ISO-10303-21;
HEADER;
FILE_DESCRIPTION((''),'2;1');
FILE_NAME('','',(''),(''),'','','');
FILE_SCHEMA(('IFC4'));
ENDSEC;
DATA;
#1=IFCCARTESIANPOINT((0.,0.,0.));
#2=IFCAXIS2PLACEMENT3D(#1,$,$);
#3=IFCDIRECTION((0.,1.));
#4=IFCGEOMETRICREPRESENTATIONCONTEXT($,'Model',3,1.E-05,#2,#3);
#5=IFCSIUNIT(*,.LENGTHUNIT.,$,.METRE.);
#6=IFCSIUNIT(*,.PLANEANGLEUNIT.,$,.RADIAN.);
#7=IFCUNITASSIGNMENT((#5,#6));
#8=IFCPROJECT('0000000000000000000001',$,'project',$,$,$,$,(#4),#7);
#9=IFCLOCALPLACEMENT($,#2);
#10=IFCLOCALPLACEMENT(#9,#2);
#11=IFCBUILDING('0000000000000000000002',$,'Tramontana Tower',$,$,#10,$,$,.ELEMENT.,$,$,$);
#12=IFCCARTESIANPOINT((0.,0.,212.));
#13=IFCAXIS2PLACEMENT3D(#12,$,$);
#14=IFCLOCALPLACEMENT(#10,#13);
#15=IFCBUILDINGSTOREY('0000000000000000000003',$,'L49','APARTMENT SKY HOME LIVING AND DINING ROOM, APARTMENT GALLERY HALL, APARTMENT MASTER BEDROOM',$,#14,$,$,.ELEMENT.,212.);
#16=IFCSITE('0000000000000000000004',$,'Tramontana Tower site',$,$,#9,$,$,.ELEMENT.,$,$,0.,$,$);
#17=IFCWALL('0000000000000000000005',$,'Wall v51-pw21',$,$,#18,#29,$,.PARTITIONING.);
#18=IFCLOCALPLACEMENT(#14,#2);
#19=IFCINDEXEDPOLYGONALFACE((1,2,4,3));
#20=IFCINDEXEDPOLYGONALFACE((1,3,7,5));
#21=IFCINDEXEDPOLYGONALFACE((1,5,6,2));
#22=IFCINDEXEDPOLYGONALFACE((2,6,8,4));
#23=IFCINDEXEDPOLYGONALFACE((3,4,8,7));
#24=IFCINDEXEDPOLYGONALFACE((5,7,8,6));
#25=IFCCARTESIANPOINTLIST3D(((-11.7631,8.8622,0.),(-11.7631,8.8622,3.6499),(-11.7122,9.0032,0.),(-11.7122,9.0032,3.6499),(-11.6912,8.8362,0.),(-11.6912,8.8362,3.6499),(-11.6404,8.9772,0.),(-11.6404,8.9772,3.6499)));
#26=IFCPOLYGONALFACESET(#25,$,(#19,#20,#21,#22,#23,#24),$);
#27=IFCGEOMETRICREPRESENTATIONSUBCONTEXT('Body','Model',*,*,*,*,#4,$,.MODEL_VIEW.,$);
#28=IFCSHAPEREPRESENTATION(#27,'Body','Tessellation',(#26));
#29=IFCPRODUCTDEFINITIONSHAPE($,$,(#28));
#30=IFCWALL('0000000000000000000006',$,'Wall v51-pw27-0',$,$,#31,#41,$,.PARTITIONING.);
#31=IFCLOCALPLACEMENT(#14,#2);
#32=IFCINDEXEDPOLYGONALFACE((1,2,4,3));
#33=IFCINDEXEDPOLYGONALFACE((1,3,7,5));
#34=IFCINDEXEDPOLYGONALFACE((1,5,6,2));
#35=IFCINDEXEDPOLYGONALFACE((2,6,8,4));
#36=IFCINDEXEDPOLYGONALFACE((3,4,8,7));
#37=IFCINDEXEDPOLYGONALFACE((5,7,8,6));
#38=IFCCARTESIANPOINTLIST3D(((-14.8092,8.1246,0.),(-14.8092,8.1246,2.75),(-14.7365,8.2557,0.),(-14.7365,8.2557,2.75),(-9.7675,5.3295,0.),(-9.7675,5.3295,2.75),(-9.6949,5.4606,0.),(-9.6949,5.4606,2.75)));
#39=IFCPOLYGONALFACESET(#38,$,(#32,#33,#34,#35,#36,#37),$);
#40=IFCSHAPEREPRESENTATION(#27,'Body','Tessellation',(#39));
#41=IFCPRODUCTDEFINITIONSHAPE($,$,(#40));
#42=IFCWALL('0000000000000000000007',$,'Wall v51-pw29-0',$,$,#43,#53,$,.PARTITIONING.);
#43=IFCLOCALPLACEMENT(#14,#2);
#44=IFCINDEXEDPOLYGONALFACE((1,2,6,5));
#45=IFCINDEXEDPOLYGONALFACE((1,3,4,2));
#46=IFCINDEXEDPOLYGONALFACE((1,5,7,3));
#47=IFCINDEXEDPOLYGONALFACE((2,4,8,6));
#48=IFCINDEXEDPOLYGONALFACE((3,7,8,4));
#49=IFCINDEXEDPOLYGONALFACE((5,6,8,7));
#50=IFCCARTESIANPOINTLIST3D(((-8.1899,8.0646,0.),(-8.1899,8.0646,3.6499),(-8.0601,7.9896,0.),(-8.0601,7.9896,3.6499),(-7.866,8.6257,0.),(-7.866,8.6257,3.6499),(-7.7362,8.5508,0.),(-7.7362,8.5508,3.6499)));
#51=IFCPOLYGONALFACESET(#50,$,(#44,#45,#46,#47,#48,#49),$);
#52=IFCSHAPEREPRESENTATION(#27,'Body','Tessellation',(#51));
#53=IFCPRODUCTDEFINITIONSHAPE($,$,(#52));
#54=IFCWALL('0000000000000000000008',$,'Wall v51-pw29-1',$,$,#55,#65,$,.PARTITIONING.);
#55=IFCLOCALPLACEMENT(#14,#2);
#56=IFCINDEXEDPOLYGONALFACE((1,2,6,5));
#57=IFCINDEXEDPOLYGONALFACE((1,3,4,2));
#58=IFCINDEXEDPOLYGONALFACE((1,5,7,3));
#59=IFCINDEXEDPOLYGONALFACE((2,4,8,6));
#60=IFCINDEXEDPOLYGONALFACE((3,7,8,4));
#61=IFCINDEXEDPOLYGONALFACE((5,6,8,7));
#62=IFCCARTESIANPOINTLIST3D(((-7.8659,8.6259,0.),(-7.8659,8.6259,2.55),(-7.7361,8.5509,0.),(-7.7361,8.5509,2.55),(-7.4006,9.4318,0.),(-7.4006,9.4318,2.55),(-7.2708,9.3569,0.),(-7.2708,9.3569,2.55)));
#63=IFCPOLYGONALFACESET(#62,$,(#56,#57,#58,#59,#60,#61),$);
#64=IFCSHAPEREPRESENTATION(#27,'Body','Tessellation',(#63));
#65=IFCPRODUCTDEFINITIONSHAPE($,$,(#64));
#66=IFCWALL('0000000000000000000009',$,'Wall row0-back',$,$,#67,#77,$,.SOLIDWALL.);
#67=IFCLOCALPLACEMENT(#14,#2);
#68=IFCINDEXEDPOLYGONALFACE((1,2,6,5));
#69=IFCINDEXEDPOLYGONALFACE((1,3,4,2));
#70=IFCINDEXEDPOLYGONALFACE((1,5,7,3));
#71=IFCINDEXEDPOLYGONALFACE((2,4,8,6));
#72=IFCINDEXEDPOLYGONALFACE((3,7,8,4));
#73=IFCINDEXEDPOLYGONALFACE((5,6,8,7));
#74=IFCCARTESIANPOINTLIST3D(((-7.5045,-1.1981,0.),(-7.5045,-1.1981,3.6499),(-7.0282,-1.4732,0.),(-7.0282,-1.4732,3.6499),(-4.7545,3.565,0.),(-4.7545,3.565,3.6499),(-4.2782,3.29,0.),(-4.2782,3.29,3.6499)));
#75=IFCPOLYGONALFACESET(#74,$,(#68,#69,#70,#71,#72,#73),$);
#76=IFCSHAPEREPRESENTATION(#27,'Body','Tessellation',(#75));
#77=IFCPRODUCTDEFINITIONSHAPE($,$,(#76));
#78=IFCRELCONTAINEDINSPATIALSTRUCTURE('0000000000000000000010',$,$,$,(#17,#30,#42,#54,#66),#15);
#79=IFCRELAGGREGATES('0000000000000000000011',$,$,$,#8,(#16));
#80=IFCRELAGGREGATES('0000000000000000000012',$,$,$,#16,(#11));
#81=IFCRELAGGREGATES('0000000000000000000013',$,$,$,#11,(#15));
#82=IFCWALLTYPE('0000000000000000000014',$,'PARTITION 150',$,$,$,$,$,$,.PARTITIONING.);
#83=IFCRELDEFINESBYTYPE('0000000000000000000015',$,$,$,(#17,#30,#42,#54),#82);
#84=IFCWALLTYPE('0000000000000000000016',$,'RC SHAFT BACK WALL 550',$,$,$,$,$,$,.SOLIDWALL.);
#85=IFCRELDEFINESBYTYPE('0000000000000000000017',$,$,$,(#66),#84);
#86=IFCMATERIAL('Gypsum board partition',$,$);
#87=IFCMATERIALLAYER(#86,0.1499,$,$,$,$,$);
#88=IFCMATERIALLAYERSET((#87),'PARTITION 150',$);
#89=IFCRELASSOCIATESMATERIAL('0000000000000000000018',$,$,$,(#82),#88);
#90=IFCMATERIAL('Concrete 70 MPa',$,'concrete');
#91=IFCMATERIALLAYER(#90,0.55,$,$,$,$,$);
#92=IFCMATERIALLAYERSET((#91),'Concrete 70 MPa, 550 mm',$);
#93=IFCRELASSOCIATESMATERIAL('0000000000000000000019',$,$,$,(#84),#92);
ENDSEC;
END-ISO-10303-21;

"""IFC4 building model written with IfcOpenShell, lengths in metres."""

from ifc_helpers import new_model, si_unit, direction, frame, frame_2d, origin, place, context, subcontext, project, spatial, rectangle, extrude, material, layer, layer_set, type_object, element, save


model = new_model("IFC4")

# Units and contexts
model_context = context("Model", 3, precision=1e-05, world=origin(), true_north=direction((0.0, 1.0)))
body_context = subcontext(model_context, "Body", "Model", "MODEL_VIEW")
ifc_project = project(units=[si_unit("LENGTHUNIT", "METRE"), si_unit("PLANEANGLEUNIT", "RADIAN")], contexts=[model_context])

# Site, building, storey
site_placement = place(None, origin())
site = spatial("IfcSite", under=ifc_project, at=site_placement, Name="Tramontana Tower site", CompositionType="ELEMENT", RefElevation=0.0)
building_placement = place(site_placement, origin())
building = spatial("IfcBuilding", under=site, at=building_placement, Name="Tramontana Tower", CompositionType="ELEMENT")
storey_placement = place(building_placement, frame((0.0, 0.0, 212.0)))
storey = spatial("IfcBuildingStorey", under=building, at=storey_placement, Name="L49", Description="APARTMENT SKY HOME LIVING AND DINING ROOM, APARTMENT GALLERY HALL, APARTMENT MASTER BEDROOM", CompositionType="ELEMENT", Elevation=212.0)

# Walls
ifc_material_1 = material(Name="Gypsum board partition")
ifc_layer_1 = layer(ifc_material_1, 0.1499)
ifc_layer_set_1 = layer_set([ifc_layer_1], Name="PARTITION 150")
wall_type_1 = type_object("IfcWallType", Name="PARTITION 150", PredefinedType="PARTITIONING", material=ifc_layer_set_1)
for number, where, z_axis, x_axis, name in (
    (1, (-11.7375, 8.9326, 0.0), (0.0, 0.0, 1.0), (0.940724, -0.339173, 0.0), "Wall v51-pw21"),
):
    element("IfcWall", number, at=place(storey_placement, frame(where, z_axis=z_axis, x_axis=x_axis)), inside=storey, type_object=wall_type_1, Name=name, PredefinedType="PARTITIONING", context=body_context, shape_type="SweptSolid", body=[
        extrude(rectangle(XDim=0.0764, YDim=0.1499, at=frame_2d((0.0381, 0.0))), origin(), (0.0, 0.0, 1.0), 3.6499),
    ])
wall_1_placement = place(storey_placement, frame((-9.7312, 5.395, 0.0), z_axis=(0.0, 0.0, 1.0), x_axis=(-0.874584, 0.484873, 0.0)))
element("IfcWall", 2, at=wall_1_placement, inside=storey, type_object=wall_type_1, Name="Wall v51-pw27-0", PredefinedType="PARTITIONING", context=body_context, shape_type="SweptSolid", body=[
    extrude(rectangle(XDim=5.7646, YDim=0.1499, at=frame_2d((2.8823, 0.0))), origin(), (0.0, 0.0, 1.0), 2.75),
])

# Walls
wall_2_placement = place(storey_placement, frame((-8.125, 8.0271, 0.0), z_axis=(0.0, 0.0, 1.0), x_axis=(0.499907, 0.866079, 0.0)))
element("IfcWall", 3, at=wall_2_placement, inside=storey, type_object=wall_type_1, Name="Wall v51-pw29-0", PredefinedType="PARTITIONING", context=body_context, shape_type="SweptSolid", body=[
    extrude(rectangle(XDim=0.6479, YDim=0.1499, at=frame_2d((0.324, 0.0))), origin(), (0.0, 0.0, 1.0), 3.6499),
])
wall_3_placement = place(storey_placement, frame((-7.801, 8.5884, 0.0), z_axis=(0.0, 0.0, 1.0), x_axis=(0.500033, 0.866006, 0.0)))
element("IfcWall", 4, at=wall_3_placement, inside=storey, type_object=wall_type_1, Name="Wall v51-pw29-1", PredefinedType="PARTITIONING", context=body_context, shape_type="SweptSolid", body=[
    extrude(rectangle(XDim=0.9307, YDim=0.1499, at=frame_2d((0.4653, 0.0))), origin(), (0.0, 0.0, 1.0), 2.55),
])
ifc_material_2 = material(Name="Concrete 70 MPa", Category="concrete")
ifc_layer_2 = layer(ifc_material_2, 0.55)
ifc_layer_set_2 = layer_set([ifc_layer_2], Name="Concrete 70 MPa, 550 mm")
wall_type_2 = type_object("IfcWallType", Name="RC SHAFT BACK WALL 550", PredefinedType="SOLIDWALL", material=ifc_layer_set_2)
wall_4_placement = place(storey_placement, frame((-4.5164, 3.4275, 0.0), z_axis=(0.0, 0.0, 1.0), x_axis=(-0.499997, -0.866027, 0.0)))
element("IfcWall", 5, at=wall_4_placement, inside=storey, type_object=wall_type_2, Name="Wall row0-back", PredefinedType="SOLIDWALL", context=body_context, shape_type="SweptSolid", body=[
    extrude(rectangle(XDim=5.5, YDim=0.55, at=frame_2d((2.75, 0.0))), origin(), (0.0, 0.0, 1.0), 3.6499),
])

save(model, "model.ifc")
